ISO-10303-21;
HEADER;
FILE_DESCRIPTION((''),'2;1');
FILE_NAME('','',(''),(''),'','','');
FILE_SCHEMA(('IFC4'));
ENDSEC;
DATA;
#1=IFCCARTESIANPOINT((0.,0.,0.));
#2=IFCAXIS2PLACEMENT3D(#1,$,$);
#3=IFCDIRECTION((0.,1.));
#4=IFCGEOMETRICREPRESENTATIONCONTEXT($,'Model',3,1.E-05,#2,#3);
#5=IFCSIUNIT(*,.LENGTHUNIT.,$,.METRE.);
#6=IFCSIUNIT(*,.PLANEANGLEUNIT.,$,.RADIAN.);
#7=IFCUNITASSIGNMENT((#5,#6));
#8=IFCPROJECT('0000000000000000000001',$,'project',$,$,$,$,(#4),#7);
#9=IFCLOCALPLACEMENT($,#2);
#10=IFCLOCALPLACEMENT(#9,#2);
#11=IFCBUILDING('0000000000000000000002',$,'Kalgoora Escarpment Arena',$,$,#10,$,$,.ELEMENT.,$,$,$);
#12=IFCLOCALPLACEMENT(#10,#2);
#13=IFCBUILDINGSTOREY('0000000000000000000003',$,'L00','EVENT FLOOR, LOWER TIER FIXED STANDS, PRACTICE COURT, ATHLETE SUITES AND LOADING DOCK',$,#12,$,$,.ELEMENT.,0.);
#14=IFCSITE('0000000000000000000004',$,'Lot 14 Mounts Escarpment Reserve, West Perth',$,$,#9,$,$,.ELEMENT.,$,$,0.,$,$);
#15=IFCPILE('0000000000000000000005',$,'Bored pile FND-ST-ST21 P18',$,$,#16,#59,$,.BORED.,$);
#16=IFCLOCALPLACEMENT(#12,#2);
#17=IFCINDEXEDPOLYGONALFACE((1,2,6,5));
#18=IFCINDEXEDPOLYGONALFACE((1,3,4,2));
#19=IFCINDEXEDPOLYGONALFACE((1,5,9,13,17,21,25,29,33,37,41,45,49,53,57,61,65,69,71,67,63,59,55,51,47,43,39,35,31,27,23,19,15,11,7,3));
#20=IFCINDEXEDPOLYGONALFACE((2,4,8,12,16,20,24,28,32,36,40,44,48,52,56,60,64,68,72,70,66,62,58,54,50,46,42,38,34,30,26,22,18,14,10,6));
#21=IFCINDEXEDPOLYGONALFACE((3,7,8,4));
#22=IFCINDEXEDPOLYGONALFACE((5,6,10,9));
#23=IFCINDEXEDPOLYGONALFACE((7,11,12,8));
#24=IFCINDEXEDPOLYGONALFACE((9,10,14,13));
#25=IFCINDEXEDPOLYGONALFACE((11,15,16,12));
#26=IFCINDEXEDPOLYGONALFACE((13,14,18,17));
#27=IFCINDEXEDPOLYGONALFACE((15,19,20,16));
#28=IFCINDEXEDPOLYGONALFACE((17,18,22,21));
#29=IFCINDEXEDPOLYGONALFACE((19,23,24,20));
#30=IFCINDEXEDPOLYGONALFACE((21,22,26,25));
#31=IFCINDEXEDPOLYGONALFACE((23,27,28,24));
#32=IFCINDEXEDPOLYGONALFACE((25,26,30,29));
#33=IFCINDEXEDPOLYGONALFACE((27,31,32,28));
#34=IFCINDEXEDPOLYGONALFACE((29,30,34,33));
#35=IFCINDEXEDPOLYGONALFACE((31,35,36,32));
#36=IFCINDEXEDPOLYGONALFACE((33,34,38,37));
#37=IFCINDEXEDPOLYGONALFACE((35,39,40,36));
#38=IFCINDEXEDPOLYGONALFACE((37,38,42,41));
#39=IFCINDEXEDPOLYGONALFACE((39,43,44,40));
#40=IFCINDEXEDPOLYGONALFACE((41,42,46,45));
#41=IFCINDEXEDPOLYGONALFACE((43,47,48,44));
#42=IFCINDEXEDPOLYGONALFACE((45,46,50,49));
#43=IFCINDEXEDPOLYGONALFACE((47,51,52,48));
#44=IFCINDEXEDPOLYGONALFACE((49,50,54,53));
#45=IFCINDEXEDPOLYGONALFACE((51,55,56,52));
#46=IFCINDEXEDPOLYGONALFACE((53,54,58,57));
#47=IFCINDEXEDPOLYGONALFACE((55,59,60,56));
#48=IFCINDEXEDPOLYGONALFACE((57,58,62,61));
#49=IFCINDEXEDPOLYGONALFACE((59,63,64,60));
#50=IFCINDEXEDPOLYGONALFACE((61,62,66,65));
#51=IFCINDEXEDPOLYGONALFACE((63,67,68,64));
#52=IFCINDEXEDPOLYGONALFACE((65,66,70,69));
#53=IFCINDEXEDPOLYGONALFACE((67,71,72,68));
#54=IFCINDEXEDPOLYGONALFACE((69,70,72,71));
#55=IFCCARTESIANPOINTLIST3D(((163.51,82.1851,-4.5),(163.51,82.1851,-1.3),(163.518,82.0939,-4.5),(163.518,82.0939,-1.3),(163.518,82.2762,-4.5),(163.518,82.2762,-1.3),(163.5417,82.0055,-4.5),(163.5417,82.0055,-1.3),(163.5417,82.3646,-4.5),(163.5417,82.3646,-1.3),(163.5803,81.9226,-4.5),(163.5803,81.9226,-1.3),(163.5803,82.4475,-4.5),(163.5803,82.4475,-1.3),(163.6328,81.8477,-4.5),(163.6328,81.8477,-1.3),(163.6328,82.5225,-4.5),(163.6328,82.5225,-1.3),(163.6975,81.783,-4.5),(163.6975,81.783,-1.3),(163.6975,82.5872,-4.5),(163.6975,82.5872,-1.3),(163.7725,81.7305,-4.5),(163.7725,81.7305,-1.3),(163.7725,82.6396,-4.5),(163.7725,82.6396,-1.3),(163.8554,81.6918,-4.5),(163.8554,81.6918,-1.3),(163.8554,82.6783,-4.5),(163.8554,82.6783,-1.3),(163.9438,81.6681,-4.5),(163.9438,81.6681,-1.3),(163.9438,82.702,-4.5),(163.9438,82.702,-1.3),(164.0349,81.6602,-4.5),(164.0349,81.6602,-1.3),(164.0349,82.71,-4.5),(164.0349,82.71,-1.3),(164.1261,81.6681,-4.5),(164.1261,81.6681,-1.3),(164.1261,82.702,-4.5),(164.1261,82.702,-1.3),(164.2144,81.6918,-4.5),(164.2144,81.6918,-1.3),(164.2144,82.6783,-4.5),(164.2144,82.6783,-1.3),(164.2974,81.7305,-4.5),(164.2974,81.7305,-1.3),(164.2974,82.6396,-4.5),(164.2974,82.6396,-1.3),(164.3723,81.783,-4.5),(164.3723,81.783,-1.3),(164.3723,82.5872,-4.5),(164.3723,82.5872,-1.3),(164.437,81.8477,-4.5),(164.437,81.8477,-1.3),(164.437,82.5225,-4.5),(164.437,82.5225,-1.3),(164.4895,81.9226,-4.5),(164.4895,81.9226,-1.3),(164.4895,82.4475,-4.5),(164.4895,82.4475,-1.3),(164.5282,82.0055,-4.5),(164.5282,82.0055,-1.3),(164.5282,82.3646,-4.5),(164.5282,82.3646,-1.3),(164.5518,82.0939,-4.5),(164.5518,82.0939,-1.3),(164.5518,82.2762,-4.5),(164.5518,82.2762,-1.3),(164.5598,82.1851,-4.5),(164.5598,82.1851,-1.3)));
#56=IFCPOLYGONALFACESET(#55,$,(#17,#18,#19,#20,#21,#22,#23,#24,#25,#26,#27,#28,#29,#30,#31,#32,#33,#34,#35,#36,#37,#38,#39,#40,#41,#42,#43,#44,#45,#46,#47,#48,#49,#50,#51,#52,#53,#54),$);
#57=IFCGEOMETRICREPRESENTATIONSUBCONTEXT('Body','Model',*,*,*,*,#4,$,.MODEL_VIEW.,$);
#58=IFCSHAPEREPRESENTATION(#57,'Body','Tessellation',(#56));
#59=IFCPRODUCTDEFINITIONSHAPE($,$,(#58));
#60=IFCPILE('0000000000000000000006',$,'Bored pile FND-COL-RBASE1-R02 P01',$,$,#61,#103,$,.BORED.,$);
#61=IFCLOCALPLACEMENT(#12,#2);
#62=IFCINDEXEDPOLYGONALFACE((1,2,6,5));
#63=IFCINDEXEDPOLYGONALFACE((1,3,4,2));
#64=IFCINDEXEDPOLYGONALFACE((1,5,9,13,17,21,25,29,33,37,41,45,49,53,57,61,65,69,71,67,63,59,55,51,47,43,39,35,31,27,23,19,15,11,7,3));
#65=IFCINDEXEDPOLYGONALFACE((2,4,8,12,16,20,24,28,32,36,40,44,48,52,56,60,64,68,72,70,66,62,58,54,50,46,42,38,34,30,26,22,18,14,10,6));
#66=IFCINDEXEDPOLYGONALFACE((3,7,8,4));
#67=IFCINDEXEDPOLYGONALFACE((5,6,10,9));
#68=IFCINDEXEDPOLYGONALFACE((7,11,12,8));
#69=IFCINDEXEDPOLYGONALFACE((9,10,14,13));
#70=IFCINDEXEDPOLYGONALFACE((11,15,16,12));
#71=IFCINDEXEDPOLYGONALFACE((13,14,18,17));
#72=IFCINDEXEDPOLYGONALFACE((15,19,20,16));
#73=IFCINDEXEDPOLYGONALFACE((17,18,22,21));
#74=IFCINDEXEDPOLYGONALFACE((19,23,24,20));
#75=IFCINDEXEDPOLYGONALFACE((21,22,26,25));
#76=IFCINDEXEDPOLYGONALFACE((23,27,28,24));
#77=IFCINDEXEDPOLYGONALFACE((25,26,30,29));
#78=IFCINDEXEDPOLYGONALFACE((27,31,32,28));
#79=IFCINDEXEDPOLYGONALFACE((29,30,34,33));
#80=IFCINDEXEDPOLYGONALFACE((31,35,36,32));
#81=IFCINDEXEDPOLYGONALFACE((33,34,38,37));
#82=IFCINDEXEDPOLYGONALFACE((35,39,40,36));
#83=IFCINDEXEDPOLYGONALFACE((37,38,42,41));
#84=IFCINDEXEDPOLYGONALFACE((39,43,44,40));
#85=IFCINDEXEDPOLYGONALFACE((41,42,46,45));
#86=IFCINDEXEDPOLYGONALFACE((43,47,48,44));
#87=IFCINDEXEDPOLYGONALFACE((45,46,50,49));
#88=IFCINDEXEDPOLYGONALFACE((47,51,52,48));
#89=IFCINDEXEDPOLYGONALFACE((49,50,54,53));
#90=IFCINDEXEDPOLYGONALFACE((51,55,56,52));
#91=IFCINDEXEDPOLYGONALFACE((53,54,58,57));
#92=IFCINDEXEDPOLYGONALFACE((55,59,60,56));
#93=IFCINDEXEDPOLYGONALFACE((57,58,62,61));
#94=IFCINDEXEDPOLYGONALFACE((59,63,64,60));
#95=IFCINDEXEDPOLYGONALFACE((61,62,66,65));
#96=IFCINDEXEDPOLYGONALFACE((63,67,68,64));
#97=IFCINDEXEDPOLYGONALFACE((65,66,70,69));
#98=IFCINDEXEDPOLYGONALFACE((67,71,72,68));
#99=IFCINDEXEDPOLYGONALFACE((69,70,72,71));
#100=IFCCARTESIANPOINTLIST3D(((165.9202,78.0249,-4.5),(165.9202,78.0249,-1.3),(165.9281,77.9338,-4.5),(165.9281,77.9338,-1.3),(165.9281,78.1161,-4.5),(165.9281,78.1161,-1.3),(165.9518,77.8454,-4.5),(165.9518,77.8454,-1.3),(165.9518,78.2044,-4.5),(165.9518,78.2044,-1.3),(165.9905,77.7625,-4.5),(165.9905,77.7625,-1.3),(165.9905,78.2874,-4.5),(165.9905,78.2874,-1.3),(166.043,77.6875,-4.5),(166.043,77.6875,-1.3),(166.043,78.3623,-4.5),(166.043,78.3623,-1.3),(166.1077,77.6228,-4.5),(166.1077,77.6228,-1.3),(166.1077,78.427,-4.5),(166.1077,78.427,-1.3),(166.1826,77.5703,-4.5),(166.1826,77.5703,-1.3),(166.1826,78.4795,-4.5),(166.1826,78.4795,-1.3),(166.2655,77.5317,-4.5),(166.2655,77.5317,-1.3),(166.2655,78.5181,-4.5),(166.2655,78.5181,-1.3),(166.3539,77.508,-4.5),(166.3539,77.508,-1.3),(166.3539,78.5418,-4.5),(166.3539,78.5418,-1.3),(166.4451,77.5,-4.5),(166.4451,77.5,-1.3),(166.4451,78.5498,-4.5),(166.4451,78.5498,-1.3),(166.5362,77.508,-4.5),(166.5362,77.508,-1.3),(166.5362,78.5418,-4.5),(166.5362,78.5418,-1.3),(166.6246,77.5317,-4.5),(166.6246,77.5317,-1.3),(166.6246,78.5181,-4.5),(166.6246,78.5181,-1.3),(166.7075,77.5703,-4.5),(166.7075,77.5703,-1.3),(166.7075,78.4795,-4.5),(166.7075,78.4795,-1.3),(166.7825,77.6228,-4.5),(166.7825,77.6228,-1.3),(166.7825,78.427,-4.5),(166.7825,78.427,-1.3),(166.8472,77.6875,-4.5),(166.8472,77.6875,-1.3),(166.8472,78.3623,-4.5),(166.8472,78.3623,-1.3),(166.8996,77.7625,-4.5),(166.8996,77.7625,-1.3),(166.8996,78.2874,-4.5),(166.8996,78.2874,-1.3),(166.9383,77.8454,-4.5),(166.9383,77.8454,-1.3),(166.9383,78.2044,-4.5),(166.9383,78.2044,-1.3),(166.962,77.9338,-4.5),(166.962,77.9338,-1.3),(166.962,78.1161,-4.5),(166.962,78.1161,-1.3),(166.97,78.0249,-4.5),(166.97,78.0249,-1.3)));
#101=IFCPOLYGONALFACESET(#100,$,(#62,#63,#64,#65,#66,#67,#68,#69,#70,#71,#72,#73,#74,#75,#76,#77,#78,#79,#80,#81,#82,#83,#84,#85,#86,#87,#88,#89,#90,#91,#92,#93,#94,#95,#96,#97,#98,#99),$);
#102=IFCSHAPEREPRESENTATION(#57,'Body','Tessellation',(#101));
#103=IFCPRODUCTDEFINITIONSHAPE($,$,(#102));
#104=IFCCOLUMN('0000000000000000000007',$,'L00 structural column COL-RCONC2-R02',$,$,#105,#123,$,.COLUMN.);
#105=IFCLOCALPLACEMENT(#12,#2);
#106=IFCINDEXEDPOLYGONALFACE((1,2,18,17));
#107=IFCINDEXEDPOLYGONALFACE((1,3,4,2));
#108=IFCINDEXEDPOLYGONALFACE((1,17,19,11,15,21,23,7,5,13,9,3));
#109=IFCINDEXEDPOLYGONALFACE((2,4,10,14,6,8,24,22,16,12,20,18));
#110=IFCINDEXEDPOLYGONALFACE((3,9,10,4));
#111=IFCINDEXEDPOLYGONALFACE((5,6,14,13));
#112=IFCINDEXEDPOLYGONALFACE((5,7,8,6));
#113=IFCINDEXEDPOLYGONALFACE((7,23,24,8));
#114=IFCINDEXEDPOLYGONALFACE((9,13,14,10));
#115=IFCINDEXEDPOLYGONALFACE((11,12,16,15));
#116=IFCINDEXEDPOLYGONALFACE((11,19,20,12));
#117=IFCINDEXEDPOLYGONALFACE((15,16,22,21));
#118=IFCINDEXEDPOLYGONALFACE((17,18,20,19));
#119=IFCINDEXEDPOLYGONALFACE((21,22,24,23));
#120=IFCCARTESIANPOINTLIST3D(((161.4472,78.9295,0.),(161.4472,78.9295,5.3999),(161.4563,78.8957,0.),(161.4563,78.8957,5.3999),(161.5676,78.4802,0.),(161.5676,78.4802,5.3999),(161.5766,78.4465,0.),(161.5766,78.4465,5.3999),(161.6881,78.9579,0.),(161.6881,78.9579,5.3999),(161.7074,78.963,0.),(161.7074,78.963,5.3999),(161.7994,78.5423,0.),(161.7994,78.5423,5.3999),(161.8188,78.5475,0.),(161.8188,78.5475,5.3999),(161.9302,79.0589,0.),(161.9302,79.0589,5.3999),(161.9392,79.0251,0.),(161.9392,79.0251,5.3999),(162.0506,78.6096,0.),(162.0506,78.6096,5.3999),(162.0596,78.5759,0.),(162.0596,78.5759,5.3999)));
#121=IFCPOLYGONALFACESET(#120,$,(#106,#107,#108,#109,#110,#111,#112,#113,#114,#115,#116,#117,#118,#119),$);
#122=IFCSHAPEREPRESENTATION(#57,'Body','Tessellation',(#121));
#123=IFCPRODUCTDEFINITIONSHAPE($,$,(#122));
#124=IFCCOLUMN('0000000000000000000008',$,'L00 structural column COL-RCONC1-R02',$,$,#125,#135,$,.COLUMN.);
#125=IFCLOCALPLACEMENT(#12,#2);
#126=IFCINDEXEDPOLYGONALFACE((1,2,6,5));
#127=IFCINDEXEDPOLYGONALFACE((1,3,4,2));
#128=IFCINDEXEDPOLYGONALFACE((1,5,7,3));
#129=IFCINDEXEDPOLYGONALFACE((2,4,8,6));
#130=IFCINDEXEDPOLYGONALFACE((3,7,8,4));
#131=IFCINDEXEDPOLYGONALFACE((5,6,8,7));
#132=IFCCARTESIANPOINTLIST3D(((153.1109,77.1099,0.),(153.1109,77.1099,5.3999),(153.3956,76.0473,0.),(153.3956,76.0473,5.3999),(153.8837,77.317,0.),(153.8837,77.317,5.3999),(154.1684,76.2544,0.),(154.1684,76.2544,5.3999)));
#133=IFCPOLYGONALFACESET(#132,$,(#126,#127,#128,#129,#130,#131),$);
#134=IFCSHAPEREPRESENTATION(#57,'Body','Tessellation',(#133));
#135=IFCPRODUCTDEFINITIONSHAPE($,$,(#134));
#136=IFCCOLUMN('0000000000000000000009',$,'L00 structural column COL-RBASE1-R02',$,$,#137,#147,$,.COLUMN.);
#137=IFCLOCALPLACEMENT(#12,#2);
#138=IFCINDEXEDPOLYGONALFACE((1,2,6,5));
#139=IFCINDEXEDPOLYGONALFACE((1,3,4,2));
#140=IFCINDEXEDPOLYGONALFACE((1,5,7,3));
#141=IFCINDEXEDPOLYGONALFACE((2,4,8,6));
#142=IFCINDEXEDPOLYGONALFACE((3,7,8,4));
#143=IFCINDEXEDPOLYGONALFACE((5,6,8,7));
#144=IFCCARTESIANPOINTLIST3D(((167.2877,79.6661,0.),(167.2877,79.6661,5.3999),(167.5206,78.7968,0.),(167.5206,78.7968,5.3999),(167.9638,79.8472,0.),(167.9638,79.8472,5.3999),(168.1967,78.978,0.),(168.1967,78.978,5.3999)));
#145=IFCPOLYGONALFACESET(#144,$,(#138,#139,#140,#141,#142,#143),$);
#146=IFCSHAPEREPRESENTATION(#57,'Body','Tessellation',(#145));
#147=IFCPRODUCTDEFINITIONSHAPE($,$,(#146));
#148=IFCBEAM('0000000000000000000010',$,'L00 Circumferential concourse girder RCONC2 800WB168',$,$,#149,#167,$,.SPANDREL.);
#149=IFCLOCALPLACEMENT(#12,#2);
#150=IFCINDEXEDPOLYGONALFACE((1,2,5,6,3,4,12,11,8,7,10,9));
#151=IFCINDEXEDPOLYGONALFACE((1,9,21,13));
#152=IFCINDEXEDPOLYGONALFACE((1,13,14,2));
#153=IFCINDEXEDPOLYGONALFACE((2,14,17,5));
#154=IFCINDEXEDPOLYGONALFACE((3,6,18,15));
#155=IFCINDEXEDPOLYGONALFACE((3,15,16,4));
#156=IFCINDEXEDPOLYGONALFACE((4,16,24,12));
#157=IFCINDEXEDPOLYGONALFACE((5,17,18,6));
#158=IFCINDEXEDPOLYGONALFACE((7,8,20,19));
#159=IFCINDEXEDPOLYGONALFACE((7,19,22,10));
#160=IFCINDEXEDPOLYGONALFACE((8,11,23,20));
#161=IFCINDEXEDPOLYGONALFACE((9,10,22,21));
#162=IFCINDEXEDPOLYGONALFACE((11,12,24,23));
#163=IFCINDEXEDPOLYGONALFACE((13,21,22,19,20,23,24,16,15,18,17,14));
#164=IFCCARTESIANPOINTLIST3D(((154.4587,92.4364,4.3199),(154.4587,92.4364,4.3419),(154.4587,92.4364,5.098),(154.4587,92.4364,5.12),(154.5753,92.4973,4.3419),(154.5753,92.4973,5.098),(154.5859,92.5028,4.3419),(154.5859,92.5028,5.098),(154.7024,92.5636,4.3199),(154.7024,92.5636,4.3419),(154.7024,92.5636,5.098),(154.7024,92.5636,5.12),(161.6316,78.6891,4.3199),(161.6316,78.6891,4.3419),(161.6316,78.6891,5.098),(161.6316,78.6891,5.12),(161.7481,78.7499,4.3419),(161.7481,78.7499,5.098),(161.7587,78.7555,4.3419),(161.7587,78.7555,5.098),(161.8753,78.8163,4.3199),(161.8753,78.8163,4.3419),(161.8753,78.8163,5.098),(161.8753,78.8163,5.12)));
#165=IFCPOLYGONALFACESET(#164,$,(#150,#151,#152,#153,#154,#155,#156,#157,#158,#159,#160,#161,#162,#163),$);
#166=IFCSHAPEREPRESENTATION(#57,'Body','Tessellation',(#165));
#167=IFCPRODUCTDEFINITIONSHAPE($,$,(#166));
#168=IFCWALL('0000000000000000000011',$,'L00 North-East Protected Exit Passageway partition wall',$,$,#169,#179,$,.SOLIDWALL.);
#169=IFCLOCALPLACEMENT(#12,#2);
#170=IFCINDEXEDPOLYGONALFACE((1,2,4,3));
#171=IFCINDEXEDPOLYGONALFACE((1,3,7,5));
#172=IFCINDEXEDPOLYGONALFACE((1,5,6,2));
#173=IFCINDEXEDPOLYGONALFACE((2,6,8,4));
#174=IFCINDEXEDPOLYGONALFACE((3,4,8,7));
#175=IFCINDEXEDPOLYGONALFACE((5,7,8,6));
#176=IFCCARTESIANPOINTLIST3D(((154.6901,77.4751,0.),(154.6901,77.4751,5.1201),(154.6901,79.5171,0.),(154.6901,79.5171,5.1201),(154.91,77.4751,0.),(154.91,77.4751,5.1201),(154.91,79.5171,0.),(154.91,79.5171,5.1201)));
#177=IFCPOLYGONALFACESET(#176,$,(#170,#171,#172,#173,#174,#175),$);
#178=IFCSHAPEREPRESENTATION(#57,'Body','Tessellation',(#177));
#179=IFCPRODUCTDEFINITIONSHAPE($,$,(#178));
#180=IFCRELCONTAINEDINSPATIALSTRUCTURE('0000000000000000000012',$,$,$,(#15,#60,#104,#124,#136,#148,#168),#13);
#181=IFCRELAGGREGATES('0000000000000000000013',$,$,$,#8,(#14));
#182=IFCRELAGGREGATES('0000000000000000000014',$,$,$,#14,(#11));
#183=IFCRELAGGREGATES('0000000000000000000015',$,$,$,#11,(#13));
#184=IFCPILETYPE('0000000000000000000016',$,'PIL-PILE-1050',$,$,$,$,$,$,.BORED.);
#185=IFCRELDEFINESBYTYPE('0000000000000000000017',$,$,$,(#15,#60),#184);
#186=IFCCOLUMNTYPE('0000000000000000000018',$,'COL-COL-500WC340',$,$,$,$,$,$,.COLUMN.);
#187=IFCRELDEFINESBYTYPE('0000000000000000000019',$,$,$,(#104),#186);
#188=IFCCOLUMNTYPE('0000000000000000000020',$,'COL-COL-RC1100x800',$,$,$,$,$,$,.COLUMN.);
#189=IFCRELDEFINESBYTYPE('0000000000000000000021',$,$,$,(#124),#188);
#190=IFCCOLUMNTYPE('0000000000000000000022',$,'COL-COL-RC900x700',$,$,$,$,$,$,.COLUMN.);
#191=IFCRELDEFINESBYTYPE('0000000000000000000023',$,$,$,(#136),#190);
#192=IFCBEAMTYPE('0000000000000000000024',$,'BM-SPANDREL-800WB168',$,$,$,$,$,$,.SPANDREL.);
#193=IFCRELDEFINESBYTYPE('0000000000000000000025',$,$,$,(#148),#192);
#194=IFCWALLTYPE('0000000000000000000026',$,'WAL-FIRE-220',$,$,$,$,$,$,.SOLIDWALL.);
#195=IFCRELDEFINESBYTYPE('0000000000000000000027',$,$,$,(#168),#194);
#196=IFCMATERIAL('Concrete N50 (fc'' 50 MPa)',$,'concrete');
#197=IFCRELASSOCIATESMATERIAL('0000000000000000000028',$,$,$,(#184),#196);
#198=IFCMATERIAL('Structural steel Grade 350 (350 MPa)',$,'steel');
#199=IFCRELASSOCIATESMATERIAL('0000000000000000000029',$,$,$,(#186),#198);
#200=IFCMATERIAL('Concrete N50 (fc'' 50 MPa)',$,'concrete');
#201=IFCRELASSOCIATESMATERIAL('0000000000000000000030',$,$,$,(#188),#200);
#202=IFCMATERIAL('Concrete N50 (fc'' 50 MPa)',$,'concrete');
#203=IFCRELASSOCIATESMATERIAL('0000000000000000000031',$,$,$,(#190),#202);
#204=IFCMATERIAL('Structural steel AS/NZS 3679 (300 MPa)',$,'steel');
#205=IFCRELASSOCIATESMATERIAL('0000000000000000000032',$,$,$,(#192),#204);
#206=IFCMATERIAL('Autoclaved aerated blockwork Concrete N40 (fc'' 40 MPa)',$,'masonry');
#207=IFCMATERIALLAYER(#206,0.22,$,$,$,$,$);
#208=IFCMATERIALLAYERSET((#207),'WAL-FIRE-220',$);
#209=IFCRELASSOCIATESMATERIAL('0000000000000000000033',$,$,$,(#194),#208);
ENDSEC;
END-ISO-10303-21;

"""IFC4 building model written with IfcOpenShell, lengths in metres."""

from ifc_helpers import new_model, si_unit, direction, frame, frame_2d, origin, origin_2d, place, context, subcontext, project, spatial, rectangle, circle, i_section, extrude, material, layer, layer_set, material_profile, profile_set, type_object, element, save


model = new_model("IFC4")

# Units and contexts
model_context = context("Model", 3, precision=1e-05, world=origin(), true_north=direction((0.0, 1.0)))
body_context = subcontext(model_context, "Body", "Model", "MODEL_VIEW")
ifc_project = project(units=[si_unit("LENGTHUNIT", "METRE"), si_unit("PLANEANGLEUNIT", "RADIAN")], contexts=[model_context])

# Site, building, storey
site_placement = place(None, origin())
site = spatial("IfcSite", under=ifc_project, at=site_placement, Name="Lot 14 Mounts Escarpment Reserve, West Perth", CompositionType="ELEMENT", RefElevation=0.0)
building_placement = place(site_placement, origin())
building = spatial("IfcBuilding", under=site, at=building_placement, Name="Kalgoora Escarpment Arena", CompositionType="ELEMENT")
storey_placement = place(building_placement, origin())
storey = spatial("IfcBuildingStorey", under=building, at=storey_placement, Name="L00", Description="EVENT FLOOR, LOWER TIER FIXED STANDS, PRACTICE COURT, ATHLETE SUITES AND LOADING DOCK", CompositionType="ELEMENT", Elevation=0.0)

# Piles
ifc_material_1 = material(Name="Concrete N50 (fc' 50 MPa)", Category="concrete")
ifc_material_profile_1 = material_profile(ifc_material_1, circle(Radius=0.5249, at=origin_2d()))
ifc_profile_set_1 = profile_set([ifc_material_profile_1], Name="Concrete N50 (fc' 50 MPa)")
pile_type = type_object("IfcPileType", Name="PIL-PILE-1050", PredefinedType="BORED", material=ifc_profile_set_1)
for number, where, z_axis, x_axis, name in (
    (1, (164.0349, 82.1851, -1.3), (0.0, 0.0, -1.0), (1.0, 0.0, 0.0), "Bored pile FND-ST-ST21 P18"),
    (2, (166.4451, 78.0249, -1.3), (0.0, 0.0, -1.0), (1.0, 0.0, 0.0), "Bored pile FND-COL-RBASE1-R02 P01"),
):
    element("IfcPile", number, at=place(storey_placement, frame(where, z_axis=z_axis, x_axis=x_axis)), inside=storey, type_object=pile_type, Name=name, PredefinedType="BORED", context=body_context, shape_type="SweptSolid", body=[
        extrude(circle(Radius=0.5249, at=origin_2d()), origin(), (0.0, 0.0, 1.0), 3.2),
    ])

# Columns
ifc_material_2 = material(Name="Structural steel Grade 350 (350 MPa)", Category="steel")
ifc_material_profile_2 = material_profile(ifc_material_2, i_section(OverallWidth=0.5, OverallDepth=0.5, WebThickness=0.02, FlangeThickness=0.0349, at=origin_2d()))
ifc_profile_set_2 = profile_set([ifc_material_profile_2], Name="Structural steel Grade 350 (350 MPa)")
column_type_1 = type_object("IfcColumnType", Name="COL-COL-500WC340", PredefinedType="COLUMN", material=ifc_profile_set_2)
column_1_placement = place(storey_placement, frame((161.7534, 78.7527, 0.0), z_axis=(0.0, 0.0, 1.0), x_axis=(0.965926, 0.258819, 0.0)))
element("IfcColumn", 3, at=column_1_placement, inside=storey, type_object=column_type_1, Name="L00 structural column COL-RCONC2-R02", PredefinedType="COLUMN", context=body_context, shape_type="SweptSolid", body=[
    extrude(i_section(OverallWidth=0.5, OverallDepth=0.5, WebThickness=0.02, FlangeThickness=0.0349, at=origin_2d()), origin(), (0.0, 0.0, 1.0), 5.3999),
])
ifc_material_3 = material(Name="Concrete N50 (fc' 50 MPa)", Category="concrete")
ifc_material_profile_3 = material_profile(ifc_material_3, rectangle(XDim=0.8, YDim=1.1001, at=origin_2d()))
ifc_profile_set_3 = profile_set([ifc_material_profile_3], Name="Concrete N50 (fc' 50 MPa)")
column_type_2 = type_object("IfcColumnType", Name="COL-COL-RC1100x800", PredefinedType="COLUMN", material=ifc_profile_set_3)
column_2_placement = place(storey_placement, frame((153.6396, 76.6821, 0.0), z_axis=(0.0, 0.0, 1.0), x_axis=(0.965926, 0.258819, 0.0)))
element("IfcColumn", 4, at=column_2_placement, inside=storey, type_object=column_type_2, Name="L00 structural column COL-RCONC1-R02", PredefinedType="COLUMN", context=body_context, shape_type="SweptSolid", body=[
    extrude(rectangle(XDim=0.8, YDim=1.1001, at=origin_2d()), origin(), (0.0, 0.0, 1.0), 5.3999),
])
ifc_material_4 = material(Name="Concrete N50 (fc' 50 MPa)", Category="concrete")
ifc_material_profile_4 = material_profile(ifc_material_4, rectangle(XDim=0.7, YDim=0.8999, at=origin_2d()))
ifc_profile_set_4 = profile_set([ifc_material_profile_4], Name="Concrete N50 (fc' 50 MPa)")
column_type_3 = type_object("IfcColumnType", Name="COL-COL-RC900x700", PredefinedType="COLUMN", material=ifc_profile_set_4)
column_3_placement = place(storey_placement, frame((167.7422, 79.322, 0.0), z_axis=(0.0, 0.0, 1.0), x_axis=(0.965926, 0.258819, 0.0)))
element("IfcColumn", 5, at=column_3_placement, inside=storey, type_object=column_type_3, Name="L00 structural column COL-RBASE1-R02", PredefinedType="COLUMN", context=body_context, shape_type="SweptSolid", body=[
    extrude(rectangle(XDim=0.7, YDim=0.8999, at=origin_2d()), origin(), (0.0, 0.0, 1.0), 5.3999),
])

# Beam
ifc_material_5 = material(Name="Structural steel AS/NZS 3679 (300 MPa)", Category="steel")
ifc_material_profile_5 = material_profile(ifc_material_5, i_section(OverallWidth=0.2749, OverallDepth=0.8, WebThickness=0.012, FlangeThickness=0.022, at=origin_2d()))
ifc_profile_set_5 = profile_set([ifc_material_profile_5], Name="Structural steel AS/NZS 3679 (300 MPa)")
beam_type = type_object("IfcBeamType", Name="BM-SPANDREL-800WB168", PredefinedType="SPANDREL", material=ifc_profile_set_5)
beam_placement = place(storey_placement, frame((161.7534, 78.7527, 4.72), z_axis=(-0.462583, 0.886576, 0.0), x_axis=(-0.886576, -0.462583, 0.0)))
element("IfcBeam", 6, at=beam_placement, inside=storey, type_object=beam_type, Name="L00 Circumferential concourse girder RCONC2 800WB168", PredefinedType="SPANDREL", context=body_context, shape_type="SweptSolid", body=[
    extrude(i_section(OverallWidth=0.2749, OverallDepth=0.8, WebThickness=0.012, FlangeThickness=0.022, at=origin_2d()), origin(), (0.0, 0.0, 1.0), 15.5061),
])

# Wall
ifc_material_6 = material(Name="Autoclaved aerated blockwork Concrete N40 (fc' 40 MPa)", Category="masonry")
ifc_layer_1 = layer(ifc_material_6, 0.22)
ifc_layer_set_1 = layer_set([ifc_layer_1], Name="WAL-FIRE-220")
wall_type_1 = type_object("IfcWallType", Name="WAL-FIRE-220", PredefinedType="SOLIDWALL", material=ifc_layer_set_1)
wall_1_placement = place(storey_placement, frame((154.8, 79.5171, 0.0), z_axis=(0.0, 0.0, 1.0), x_axis=(0.0, -1.0, 0.0)))
element("IfcWall", 7, at=wall_1_placement, inside=storey, type_object=wall_type_1, Name="L00 North-East Protected Exit Passageway partition wall", PredefinedType="SOLIDWALL", context=body_context, shape_type="SweptSolid", body=[
    extrude(rectangle(XDim=2.042, YDim=0.22, at=frame_2d((1.021, 0.0))), origin(), (0.0, 0.0, 1.0), 5.1201),
])

save(model, "model.ifc")
